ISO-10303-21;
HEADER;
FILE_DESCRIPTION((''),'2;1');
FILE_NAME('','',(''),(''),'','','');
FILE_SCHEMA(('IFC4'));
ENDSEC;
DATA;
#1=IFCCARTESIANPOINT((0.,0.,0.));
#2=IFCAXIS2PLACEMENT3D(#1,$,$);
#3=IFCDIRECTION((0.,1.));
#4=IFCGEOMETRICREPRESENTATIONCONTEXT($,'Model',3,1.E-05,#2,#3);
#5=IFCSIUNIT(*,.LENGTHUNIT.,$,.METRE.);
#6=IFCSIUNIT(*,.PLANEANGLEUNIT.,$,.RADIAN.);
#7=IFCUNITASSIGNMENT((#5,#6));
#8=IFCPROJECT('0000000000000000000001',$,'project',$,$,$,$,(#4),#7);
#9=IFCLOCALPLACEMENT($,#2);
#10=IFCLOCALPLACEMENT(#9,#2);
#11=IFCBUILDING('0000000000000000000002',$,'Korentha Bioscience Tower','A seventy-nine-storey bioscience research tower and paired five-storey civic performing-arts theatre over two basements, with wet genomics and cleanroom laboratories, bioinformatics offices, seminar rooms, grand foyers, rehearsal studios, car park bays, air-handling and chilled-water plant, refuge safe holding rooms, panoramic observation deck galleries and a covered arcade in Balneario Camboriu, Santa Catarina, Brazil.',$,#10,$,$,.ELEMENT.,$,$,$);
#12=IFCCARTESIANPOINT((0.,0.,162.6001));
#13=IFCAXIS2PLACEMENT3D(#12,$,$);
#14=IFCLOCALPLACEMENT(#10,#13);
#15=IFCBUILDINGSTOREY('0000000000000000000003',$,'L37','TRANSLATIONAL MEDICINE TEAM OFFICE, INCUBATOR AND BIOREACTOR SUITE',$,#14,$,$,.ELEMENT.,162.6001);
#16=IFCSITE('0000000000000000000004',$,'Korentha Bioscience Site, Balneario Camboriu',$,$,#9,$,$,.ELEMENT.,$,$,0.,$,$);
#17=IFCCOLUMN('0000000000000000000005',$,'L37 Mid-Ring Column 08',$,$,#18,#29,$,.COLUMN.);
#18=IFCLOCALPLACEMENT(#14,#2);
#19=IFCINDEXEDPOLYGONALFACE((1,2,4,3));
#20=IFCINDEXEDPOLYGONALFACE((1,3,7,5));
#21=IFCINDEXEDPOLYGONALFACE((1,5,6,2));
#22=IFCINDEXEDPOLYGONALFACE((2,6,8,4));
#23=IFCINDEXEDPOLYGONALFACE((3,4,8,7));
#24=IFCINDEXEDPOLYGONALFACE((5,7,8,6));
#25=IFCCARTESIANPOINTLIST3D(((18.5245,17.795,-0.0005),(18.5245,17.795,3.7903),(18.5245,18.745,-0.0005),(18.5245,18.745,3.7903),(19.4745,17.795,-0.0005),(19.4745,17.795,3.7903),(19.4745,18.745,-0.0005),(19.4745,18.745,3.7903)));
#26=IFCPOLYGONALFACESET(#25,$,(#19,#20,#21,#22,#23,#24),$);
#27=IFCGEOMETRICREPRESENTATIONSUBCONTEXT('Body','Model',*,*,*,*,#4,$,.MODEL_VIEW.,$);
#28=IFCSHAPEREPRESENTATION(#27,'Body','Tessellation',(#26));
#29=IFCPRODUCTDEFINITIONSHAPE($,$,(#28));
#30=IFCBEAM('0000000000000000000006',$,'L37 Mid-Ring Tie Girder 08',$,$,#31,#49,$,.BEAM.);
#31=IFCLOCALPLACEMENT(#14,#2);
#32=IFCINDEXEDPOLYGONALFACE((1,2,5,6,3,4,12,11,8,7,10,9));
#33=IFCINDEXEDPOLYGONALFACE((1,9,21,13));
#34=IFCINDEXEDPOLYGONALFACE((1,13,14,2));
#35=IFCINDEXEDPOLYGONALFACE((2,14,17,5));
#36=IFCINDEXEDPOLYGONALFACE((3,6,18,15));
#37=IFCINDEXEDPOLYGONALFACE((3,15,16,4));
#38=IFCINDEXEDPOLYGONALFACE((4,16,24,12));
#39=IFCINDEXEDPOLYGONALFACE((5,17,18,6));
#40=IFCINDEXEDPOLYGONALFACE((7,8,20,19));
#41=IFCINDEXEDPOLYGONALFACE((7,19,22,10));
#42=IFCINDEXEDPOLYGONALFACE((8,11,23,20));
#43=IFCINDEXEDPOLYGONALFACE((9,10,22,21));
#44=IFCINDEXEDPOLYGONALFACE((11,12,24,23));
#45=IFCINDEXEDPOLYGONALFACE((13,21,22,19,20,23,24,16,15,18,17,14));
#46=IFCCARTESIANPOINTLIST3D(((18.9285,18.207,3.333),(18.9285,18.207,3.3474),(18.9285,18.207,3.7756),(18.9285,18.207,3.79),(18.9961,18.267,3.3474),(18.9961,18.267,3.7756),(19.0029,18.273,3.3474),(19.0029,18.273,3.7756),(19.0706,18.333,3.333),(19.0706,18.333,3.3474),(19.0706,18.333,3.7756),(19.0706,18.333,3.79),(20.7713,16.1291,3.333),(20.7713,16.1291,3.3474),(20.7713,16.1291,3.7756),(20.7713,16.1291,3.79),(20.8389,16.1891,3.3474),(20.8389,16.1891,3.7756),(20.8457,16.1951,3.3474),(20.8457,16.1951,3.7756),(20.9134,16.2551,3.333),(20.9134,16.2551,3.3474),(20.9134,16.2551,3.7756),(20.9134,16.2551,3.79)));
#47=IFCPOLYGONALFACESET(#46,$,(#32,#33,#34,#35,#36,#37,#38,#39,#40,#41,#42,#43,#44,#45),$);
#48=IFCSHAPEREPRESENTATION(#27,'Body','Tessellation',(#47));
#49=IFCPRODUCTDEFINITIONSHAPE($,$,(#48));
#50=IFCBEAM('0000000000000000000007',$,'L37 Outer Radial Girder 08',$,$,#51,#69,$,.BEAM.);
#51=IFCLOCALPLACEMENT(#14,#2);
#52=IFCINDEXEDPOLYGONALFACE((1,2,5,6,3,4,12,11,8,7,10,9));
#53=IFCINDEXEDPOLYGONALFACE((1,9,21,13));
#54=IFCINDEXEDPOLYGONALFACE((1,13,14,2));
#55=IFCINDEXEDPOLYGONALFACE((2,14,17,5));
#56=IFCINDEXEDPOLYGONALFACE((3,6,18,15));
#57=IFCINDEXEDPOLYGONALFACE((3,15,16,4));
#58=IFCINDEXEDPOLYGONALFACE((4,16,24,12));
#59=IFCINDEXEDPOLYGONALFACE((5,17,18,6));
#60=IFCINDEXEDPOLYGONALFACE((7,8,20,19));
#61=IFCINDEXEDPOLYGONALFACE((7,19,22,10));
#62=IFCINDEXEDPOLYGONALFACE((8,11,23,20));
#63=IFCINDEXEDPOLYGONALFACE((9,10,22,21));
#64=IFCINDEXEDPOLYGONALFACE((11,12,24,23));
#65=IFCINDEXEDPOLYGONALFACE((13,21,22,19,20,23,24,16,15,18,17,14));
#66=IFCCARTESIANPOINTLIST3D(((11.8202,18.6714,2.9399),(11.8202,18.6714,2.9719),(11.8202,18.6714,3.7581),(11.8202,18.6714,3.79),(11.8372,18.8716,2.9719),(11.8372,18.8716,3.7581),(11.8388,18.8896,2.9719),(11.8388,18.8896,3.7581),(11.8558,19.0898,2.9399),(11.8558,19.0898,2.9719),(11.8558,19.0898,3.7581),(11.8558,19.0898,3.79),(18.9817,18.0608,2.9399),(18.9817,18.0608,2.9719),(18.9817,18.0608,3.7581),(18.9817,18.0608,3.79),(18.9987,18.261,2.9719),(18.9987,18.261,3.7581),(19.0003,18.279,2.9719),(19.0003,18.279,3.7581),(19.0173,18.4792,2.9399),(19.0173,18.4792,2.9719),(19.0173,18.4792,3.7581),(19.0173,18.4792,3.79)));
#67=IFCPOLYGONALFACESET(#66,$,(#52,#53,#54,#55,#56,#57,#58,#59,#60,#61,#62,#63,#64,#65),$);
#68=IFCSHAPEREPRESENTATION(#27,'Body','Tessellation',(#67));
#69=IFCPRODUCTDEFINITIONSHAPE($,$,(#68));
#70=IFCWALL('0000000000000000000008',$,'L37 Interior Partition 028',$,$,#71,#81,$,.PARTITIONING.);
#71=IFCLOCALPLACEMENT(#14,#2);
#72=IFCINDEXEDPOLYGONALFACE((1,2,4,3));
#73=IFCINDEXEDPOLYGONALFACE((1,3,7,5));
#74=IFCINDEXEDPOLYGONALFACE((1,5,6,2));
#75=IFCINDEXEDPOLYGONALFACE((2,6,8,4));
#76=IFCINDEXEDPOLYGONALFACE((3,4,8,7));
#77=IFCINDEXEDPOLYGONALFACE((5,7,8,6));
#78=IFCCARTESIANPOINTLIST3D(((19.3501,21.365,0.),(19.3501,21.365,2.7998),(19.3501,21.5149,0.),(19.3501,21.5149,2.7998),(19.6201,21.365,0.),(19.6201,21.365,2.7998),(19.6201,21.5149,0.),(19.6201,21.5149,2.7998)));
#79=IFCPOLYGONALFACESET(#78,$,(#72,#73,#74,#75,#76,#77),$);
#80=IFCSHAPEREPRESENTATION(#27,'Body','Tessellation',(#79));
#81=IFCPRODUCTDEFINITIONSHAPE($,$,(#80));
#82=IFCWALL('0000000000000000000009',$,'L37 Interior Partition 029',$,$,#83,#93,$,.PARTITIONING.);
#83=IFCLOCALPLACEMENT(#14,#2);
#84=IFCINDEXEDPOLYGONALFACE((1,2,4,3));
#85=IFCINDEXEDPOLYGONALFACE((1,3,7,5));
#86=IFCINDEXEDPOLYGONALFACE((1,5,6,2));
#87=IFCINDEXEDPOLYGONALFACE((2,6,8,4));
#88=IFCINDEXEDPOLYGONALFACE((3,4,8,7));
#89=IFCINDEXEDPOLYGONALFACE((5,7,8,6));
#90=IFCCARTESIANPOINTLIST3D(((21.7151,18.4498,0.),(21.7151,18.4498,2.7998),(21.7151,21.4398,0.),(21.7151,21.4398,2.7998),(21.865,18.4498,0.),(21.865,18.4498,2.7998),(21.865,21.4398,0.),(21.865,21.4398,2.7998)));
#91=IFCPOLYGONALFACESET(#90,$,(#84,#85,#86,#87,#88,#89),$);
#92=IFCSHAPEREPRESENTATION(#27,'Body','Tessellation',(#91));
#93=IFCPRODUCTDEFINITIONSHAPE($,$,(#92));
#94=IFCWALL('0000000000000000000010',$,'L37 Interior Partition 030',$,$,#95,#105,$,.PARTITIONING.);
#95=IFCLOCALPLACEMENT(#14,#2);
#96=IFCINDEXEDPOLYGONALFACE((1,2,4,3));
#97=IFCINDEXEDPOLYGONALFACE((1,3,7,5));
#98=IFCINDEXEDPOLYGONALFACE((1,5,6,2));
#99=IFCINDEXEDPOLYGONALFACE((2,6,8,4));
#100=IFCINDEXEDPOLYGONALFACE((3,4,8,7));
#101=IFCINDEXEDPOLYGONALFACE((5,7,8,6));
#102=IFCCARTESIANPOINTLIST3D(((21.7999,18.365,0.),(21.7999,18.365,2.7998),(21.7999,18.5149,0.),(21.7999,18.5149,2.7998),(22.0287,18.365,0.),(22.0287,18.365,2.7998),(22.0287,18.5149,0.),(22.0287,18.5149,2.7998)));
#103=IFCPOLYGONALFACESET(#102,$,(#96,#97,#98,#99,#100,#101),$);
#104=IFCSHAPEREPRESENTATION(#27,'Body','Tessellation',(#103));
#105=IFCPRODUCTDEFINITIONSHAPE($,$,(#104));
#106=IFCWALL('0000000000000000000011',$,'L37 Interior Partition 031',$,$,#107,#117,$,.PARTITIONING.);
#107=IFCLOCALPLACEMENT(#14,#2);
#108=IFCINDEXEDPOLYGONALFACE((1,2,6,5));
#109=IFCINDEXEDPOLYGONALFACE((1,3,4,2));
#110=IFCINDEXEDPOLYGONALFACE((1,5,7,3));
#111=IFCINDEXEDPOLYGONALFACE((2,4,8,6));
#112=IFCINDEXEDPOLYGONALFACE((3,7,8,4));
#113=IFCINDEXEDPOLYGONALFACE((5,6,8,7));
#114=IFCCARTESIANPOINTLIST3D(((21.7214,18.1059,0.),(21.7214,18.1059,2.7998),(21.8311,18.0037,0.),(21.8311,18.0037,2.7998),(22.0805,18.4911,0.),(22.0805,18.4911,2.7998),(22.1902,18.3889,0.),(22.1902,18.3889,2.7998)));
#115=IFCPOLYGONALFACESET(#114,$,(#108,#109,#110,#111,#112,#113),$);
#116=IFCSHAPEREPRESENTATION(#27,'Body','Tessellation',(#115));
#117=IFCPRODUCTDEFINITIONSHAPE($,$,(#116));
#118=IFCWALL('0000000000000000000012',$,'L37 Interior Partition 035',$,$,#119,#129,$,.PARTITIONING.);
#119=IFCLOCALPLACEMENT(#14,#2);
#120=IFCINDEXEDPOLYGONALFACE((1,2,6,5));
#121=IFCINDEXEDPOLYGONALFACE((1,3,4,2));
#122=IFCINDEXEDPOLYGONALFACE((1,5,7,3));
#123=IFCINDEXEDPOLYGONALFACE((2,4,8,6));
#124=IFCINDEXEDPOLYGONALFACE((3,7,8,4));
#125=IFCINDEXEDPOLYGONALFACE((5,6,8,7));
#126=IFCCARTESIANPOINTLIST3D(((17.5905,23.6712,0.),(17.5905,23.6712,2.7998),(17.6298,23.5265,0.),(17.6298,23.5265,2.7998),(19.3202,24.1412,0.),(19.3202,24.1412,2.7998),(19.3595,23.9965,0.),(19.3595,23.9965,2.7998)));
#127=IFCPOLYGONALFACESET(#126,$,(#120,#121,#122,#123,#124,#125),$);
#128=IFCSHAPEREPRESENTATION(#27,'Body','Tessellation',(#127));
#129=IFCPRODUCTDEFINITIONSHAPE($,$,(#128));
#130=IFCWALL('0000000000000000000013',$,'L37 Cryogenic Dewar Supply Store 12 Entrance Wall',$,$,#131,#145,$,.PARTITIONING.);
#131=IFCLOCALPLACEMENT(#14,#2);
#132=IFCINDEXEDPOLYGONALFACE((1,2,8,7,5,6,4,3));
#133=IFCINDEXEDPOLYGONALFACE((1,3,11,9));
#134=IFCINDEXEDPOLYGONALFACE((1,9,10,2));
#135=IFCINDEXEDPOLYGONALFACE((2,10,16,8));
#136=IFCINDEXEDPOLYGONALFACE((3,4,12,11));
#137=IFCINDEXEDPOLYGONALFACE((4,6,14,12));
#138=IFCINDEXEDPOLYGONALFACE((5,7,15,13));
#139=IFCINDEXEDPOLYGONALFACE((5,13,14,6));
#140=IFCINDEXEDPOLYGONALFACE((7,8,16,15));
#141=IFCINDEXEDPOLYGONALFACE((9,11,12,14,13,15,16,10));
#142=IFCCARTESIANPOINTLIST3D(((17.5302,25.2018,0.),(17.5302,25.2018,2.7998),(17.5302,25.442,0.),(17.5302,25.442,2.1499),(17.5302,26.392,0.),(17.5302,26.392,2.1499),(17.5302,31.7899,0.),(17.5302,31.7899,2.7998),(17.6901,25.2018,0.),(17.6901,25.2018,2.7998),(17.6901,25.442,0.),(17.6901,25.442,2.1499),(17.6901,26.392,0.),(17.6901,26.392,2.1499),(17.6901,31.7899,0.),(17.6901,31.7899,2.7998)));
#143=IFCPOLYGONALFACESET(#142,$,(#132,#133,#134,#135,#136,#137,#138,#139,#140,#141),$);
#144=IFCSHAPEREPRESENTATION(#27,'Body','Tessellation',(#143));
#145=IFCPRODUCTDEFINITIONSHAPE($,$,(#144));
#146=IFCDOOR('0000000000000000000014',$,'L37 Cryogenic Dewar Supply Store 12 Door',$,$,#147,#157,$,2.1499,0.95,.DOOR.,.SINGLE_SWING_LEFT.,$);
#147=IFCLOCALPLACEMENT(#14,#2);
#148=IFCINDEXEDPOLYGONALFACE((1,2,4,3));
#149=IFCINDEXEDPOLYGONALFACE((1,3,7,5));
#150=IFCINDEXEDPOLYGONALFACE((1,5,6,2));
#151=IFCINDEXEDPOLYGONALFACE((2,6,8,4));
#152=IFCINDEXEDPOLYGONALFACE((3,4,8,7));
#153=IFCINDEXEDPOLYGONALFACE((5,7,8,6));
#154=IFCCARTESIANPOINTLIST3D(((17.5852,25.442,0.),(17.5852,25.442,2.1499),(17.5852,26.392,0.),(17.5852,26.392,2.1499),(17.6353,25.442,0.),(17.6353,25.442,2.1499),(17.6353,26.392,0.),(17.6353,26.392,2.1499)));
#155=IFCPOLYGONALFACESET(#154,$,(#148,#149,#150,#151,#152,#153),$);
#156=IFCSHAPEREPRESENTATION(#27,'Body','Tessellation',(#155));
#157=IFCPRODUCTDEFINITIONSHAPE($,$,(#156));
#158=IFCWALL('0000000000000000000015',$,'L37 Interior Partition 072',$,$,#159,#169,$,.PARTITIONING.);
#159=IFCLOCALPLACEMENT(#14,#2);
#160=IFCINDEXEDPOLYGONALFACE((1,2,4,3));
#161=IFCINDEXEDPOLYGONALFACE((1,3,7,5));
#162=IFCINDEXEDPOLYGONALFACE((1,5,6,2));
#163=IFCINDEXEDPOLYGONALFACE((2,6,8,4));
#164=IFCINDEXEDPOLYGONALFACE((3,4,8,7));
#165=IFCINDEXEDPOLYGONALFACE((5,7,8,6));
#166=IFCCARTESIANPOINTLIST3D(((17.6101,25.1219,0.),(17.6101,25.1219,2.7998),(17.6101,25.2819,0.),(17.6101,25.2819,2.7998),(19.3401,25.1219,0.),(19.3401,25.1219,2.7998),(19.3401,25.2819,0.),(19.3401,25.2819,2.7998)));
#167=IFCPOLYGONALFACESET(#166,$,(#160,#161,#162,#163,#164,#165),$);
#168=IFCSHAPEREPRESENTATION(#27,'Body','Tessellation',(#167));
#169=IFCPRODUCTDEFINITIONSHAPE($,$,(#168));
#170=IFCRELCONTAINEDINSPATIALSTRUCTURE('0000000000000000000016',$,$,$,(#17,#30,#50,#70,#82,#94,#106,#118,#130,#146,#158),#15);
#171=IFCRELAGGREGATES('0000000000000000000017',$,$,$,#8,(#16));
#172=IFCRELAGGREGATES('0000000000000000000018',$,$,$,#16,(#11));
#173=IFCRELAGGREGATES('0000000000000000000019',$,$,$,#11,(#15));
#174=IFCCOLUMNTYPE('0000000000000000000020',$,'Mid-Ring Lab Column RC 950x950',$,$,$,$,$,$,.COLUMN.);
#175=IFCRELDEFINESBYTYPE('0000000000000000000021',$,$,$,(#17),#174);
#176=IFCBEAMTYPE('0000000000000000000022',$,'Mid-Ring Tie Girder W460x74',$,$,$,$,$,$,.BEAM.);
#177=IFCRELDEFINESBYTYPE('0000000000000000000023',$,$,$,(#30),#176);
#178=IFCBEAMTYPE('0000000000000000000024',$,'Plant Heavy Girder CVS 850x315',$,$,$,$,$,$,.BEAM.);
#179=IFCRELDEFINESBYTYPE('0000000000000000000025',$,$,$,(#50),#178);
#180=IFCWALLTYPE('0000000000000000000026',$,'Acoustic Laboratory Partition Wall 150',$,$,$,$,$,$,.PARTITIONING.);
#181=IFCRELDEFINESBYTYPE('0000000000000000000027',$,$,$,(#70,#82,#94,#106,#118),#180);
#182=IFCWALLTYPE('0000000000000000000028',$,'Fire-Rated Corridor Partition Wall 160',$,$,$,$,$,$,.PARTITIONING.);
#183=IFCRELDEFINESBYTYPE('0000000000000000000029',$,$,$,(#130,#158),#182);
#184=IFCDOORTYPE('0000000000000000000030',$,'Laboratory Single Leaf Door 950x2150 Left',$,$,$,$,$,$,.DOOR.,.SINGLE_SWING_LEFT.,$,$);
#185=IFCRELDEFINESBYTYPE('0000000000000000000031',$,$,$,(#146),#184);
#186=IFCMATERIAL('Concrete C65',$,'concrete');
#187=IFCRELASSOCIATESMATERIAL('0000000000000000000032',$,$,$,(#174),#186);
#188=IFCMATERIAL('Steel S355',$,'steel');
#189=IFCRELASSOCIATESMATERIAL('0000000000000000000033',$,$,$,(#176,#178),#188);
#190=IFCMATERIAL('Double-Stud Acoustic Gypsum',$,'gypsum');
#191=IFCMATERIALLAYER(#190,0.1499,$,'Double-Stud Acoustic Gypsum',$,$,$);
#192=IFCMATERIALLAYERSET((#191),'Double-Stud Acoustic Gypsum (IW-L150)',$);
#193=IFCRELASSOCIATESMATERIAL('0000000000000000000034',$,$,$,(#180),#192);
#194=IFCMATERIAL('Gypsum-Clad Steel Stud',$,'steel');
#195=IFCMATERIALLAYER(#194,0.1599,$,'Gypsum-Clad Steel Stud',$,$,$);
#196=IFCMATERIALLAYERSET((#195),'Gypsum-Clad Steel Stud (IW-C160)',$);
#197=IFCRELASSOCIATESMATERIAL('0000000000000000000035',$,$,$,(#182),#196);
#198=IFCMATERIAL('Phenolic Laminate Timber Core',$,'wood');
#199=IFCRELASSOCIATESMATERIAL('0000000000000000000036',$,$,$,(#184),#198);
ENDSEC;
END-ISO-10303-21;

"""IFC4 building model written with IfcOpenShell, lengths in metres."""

from ifc_helpers import new_model, si_unit, direction, frame, frame_2d, origin, origin_2d, place, context, subcontext, project, spatial, rectangle, i_section, extrude, material, layer, layer_set, material_profile, profile_set, type_object, element, fill, save


model = new_model("IFC4")

# Units and contexts
model_context = context("Model", 3, precision=1e-05, world=origin(), true_north=direction((0.0, 1.0)))
body_context = subcontext(model_context, "Body", "Model", "MODEL_VIEW")
ifc_project = project(units=[si_unit("LENGTHUNIT", "METRE"), si_unit("PLANEANGLEUNIT", "RADIAN")], contexts=[model_context])

# Site, building, storey
site_placement = place(None, origin())
site = spatial("IfcSite", under=ifc_project, at=site_placement, Name="Korentha Bioscience Site, Balneario Camboriu", CompositionType="ELEMENT", RefElevation=0.0)
building_placement = place(site_placement, origin())
building = spatial("IfcBuilding", under=site, at=building_placement, Name="Korentha Bioscience Tower", Description="A seventy-nine-storey bioscience research tower and paired five-storey civic performing-arts theatre over two basements, with wet genomics and cleanroom laboratories, bioinformatics offices, seminar rooms, grand foyers, rehearsal studios, car park bays, air-handling and chilled-water plant, refuge safe holding rooms, panoramic observation deck galleries and a covered arcade in Balneario Camboriu, Santa Catarina, Brazil.", CompositionType="ELEMENT")
storey_placement = place(building_placement, frame((0.0, 0.0, 162.6001)))
storey = spatial("IfcBuildingStorey", under=building, at=storey_placement, Name="L37", Description="TRANSLATIONAL MEDICINE TEAM OFFICE, INCUBATOR AND BIOREACTOR SUITE", CompositionType="ELEMENT", Elevation=162.6001)

# Column
ifc_material_1 = material(Name="Concrete C65", Category="concrete")
ifc_material_profile_1 = material_profile(ifc_material_1, rectangle(XDim=0.95, YDim=0.95, at=origin_2d()), Name="Concrete C65")
ifc_profile_set_1 = profile_set([ifc_material_profile_1], Name="Concrete C65 (COL-MR09)")
column_type = type_object("IfcColumnType", Name="Mid-Ring Lab Column RC 950x950", PredefinedType="COLUMN", material=ifc_profile_set_1)
column_placement = place(storey_placement, frame((18.9995, 18.27, -0.0005), z_axis=(0.0, 0.0, 1.0), x_axis=(1.0, 0.0, 0.0)))
element("IfcColumn", 1, at=column_placement, inside=storey, type_object=column_type, Name="L37 Mid-Ring Column 08", PredefinedType="COLUMN", context=body_context, shape_type="SweptSolid", body=[
    extrude(rectangle(XDim=0.95, YDim=0.95, at=origin_2d()), origin(), (0.0, 0.0, 1.0), 3.7908),
])

# Beams
ifc_material_2 = material(Name="Steel S355", Category="steel")
ifc_material_profile_2 = material_profile(ifc_material_2, i_section(OverallWidth=0.1899, OverallDepth=0.457, WebThickness=0.009, FlangeThickness=0.0144, at=origin_2d()), Name="Steel S355")
ifc_profile_set_2 = profile_set([ifc_material_profile_2], Name="Steel S355 (MB-460)")
beam_type_1 = type_object("IfcBeamType", Name="Mid-Ring Tie Girder W460x74", PredefinedType="BEAM", material=ifc_profile_set_2)
beam_1_placement = place(storey_placement, frame((18.9995, 18.27, 3.5615), z_axis=(0.663512, -0.748165, 0.0), x_axis=(0.748165, 0.663512, 0.0)))
element("IfcBeam", 2, at=beam_1_placement, inside=storey, type_object=beam_type_1, Name="L37 Mid-Ring Tie Girder 08", PredefinedType="BEAM", context=body_context, shape_type="SweptSolid", body=[
    extrude(i_section(OverallWidth=0.1899, OverallDepth=0.457, WebThickness=0.009, FlangeThickness=0.0144, at=origin_2d()), origin(), (0.0, 0.0, 1.0), 2.7773),
])
ifc_material_profile_3 = material_profile(ifc_material_2, i_section(OverallWidth=0.4199, OverallDepth=0.8501, WebThickness=0.0181, FlangeThickness=0.032, at=origin_2d()), Name="Steel S355")
ifc_profile_set_3 = profile_set([ifc_material_profile_3], Name="Steel S355 (MB-850)")
beam_type_2 = type_object("IfcBeamType", Name="Plant Heavy Girder CVS 850x315", PredefinedType="BEAM", material=ifc_profile_set_3)
beam_2_placement = place(storey_placement, frame((18.9995, 18.27, 3.365), z_axis=(-0.996385, 0.084951, 0.0), x_axis=(-0.084951, -0.996385, 0.0)))
element("IfcBeam", 3, at=beam_2_placement, inside=storey, type_object=beam_type_2, Name="L37 Outer Radial Girder 08", PredefinedType="BEAM", context=body_context, shape_type="SweptSolid", body=[
    extrude(i_section(OverallWidth=0.4199, OverallDepth=0.8501, WebThickness=0.0181, FlangeThickness=0.032, at=origin_2d()), origin(), (0.0, 0.0, 1.0), 7.1875),
])

# Walls
ifc_material_3 = material(Name="Double-Stud Acoustic Gypsum", Category="gypsum")
ifc_layer_1 = layer(ifc_material_3, 0.1499, Name="Double-Stud Acoustic Gypsum")
ifc_layer_set_1 = layer_set([ifc_layer_1], Name="Double-Stud Acoustic Gypsum (IW-L150)")
wall_type_1 = type_object("IfcWallType", Name="Acoustic Laboratory Partition Wall 150", PredefinedType="PARTITIONING", material=ifc_layer_set_1)
wall_1_placement = place(storey_placement, frame((19.3501, 21.4399, 0.0), z_axis=(0.0, 0.0, 1.0), x_axis=(1.0, 0.0, 0.0)))
element("IfcWall", 4, at=wall_1_placement, inside=storey, type_object=wall_type_1, Name="L37 Interior Partition 028", PredefinedType="PARTITIONING", context=body_context, shape_type="SweptSolid", body=[
    extrude(rectangle(XDim=0.27, YDim=0.1499, at=frame_2d((0.135, 0.0))), origin(), (0.0, 0.0, 1.0), 2.7998),
])
wall_2_placement = place(storey_placement, frame((21.79, 21.4399, 0.0), z_axis=(0.0, 0.0, 1.0), x_axis=(0.0, -1.0, 0.0)))
element("IfcWall", 5, at=wall_2_placement, inside=storey, type_object=wall_type_1, Name="L37 Interior Partition 029", PredefinedType="PARTITIONING", context=body_context, shape_type="SweptSolid", body=[
    extrude(rectangle(XDim=2.99, YDim=0.1499, at=frame_2d((1.4951, 0.0))), origin(), (0.0, 0.0, 1.0), 2.7998),
])
wall_3_placement = place(storey_placement, frame((21.8, 18.4399, 0.0), z_axis=(0.0, 0.0, 1.0), x_axis=(1.0, 0.0, 0.0)))
element("IfcWall", 6, at=wall_3_placement, inside=storey, type_object=wall_type_1, Name="L37 Interior Partition 030", PredefinedType="PARTITIONING", context=body_context, shape_type="SweptSolid", body=[
    extrude(rectangle(XDim=0.2288, YDim=0.1499, at=frame_2d((0.1143, 0.0))), origin(), (0.0, 0.0, 1.0), 2.7998),
])
wall_4_placement = place(storey_placement, frame((22.1353, 18.4399, 0.0), z_axis=(0.0, 0.0, 1.0), x_axis=(-0.681872, -0.731471, 0.0)))
element("IfcWall", 7, at=wall_4_placement, inside=storey, type_object=wall_type_1, Name="L37 Interior Partition 031", PredefinedType="PARTITIONING", context=body_context, shape_type="SweptSolid", body=[
    extrude(rectangle(XDim=0.5266, YDim=0.1499, at=frame_2d((0.2632, 0.0))), origin(), (0.0, 0.0, 1.0), 2.7998),
])
wall_5_placement = place(storey_placement, frame((17.6101, 23.5989, 0.0), z_axis=(0.0, 0.0, 1.0), x_axis=(0.965015, 0.262195, 0.0)))
element("IfcWall", 8, at=wall_5_placement, inside=storey, type_object=wall_type_1, Name="L37 Interior Partition 035", PredefinedType="PARTITIONING", context=body_context, shape_type="SweptSolid", body=[
    extrude(rectangle(XDim=1.7925, YDim=0.1499, at=frame_2d((0.8962, 0.0))), origin(), (0.0, 0.0, 1.0), 2.7998),
])

# Wall, opening, door
ifc_material_4 = material(Name="Gypsum-Clad Steel Stud", Category="steel")
ifc_layer_2 = layer(ifc_material_4, 0.1599, Name="Gypsum-Clad Steel Stud")
ifc_layer_set_2 = layer_set([ifc_layer_2], Name="Gypsum-Clad Steel Stud (IW-C160)")
wall_type_2 = type_object("IfcWallType", Name="Fire-Rated Corridor Partition Wall 160", PredefinedType="PARTITIONING", material=ifc_layer_set_2)
wall_6_placement = place(storey_placement, frame((17.6101, 25.2019, 0.0), z_axis=(0.0, 0.0, 1.0), x_axis=(0.0, 1.0, 0.0)))
wall_6 = element("IfcWall", 9, at=wall_6_placement, inside=storey, type_object=wall_type_2, Name="L37 Cryogenic Dewar Supply Store 12 Entrance Wall", PredefinedType="PARTITIONING", context=body_context, shape_type="SweptSolid", body=[
    extrude(rectangle(XDim=6.5881, YDim=0.1599, at=frame_2d((3.2939, 0.0))), origin(), (0.0, 0.0, 1.0), 2.7998),
])
opening_1_placement = place(wall_6_placement, frame((0.24, 0.0, 0.0)))
opening_1 = element("IfcOpeningElement", 10, at=opening_1_placement, cuts=wall_6, PredefinedType="OPENING", context=body_context, shape_type="SweptSolid", body=[
    extrude(rectangle(XDim=0.95, YDim=2.1499, at=frame_2d((0.4751, 1.075))), frame((0.0, 0.0947, 0.0), z_axis=(0.0, -1.0, 0.0), x_axis=(1.0, 0.0, 0.0)), (0.0, 0.0, 1.0), 0.1897),
])
ifc_material_5 = material(Name="Phenolic Laminate Timber Core", Category="wood")
door_type_1 = type_object("IfcDoorType", Name="Laboratory Single Leaf Door 950x2150 Left", OperationType="SINGLE_SWING_LEFT", PredefinedType="DOOR", material=ifc_material_5)
door_1_placement = place(opening_1_placement, origin())
door_1 = element("IfcDoor", 11, at=door_1_placement, inside=storey, type_object=door_type_1, Name="L37 Cryogenic Dewar Supply Store 12 Door", OperationType="SINGLE_SWING_LEFT", OverallHeight=2.1499, OverallWidth=0.95, PredefinedType="DOOR", context=body_context, shape_type="SweptSolid", body=[
    extrude(rectangle(XDim=0.95, YDim=2.1499, at=frame_2d((0.4751, 1.075))), frame((0.0, 0.0249, 0.0), z_axis=(0.0, -1.0, 0.0), x_axis=(1.0, 0.0, 0.0)), (0.0, 0.0, 1.0), 0.05),
])
fill(opening_1, door_1)

# Wall
wall_7_placement = place(storey_placement, frame((19.3401, 25.2019, 0.0), z_axis=(0.0, 0.0, 1.0), x_axis=(-1.0, 0.0, 0.0)))
element("IfcWall", 12, at=wall_7_placement, inside=storey, type_object=wall_type_2, Name="L37 Interior Partition 072", PredefinedType="PARTITIONING", context=body_context, shape_type="SweptSolid", body=[
    extrude(rectangle(XDim=1.73, YDim=0.1599, at=frame_2d((0.865, 0.0))), origin(), (0.0, 0.0, 1.0), 2.7998),
])

save(model, "model.ifc")
